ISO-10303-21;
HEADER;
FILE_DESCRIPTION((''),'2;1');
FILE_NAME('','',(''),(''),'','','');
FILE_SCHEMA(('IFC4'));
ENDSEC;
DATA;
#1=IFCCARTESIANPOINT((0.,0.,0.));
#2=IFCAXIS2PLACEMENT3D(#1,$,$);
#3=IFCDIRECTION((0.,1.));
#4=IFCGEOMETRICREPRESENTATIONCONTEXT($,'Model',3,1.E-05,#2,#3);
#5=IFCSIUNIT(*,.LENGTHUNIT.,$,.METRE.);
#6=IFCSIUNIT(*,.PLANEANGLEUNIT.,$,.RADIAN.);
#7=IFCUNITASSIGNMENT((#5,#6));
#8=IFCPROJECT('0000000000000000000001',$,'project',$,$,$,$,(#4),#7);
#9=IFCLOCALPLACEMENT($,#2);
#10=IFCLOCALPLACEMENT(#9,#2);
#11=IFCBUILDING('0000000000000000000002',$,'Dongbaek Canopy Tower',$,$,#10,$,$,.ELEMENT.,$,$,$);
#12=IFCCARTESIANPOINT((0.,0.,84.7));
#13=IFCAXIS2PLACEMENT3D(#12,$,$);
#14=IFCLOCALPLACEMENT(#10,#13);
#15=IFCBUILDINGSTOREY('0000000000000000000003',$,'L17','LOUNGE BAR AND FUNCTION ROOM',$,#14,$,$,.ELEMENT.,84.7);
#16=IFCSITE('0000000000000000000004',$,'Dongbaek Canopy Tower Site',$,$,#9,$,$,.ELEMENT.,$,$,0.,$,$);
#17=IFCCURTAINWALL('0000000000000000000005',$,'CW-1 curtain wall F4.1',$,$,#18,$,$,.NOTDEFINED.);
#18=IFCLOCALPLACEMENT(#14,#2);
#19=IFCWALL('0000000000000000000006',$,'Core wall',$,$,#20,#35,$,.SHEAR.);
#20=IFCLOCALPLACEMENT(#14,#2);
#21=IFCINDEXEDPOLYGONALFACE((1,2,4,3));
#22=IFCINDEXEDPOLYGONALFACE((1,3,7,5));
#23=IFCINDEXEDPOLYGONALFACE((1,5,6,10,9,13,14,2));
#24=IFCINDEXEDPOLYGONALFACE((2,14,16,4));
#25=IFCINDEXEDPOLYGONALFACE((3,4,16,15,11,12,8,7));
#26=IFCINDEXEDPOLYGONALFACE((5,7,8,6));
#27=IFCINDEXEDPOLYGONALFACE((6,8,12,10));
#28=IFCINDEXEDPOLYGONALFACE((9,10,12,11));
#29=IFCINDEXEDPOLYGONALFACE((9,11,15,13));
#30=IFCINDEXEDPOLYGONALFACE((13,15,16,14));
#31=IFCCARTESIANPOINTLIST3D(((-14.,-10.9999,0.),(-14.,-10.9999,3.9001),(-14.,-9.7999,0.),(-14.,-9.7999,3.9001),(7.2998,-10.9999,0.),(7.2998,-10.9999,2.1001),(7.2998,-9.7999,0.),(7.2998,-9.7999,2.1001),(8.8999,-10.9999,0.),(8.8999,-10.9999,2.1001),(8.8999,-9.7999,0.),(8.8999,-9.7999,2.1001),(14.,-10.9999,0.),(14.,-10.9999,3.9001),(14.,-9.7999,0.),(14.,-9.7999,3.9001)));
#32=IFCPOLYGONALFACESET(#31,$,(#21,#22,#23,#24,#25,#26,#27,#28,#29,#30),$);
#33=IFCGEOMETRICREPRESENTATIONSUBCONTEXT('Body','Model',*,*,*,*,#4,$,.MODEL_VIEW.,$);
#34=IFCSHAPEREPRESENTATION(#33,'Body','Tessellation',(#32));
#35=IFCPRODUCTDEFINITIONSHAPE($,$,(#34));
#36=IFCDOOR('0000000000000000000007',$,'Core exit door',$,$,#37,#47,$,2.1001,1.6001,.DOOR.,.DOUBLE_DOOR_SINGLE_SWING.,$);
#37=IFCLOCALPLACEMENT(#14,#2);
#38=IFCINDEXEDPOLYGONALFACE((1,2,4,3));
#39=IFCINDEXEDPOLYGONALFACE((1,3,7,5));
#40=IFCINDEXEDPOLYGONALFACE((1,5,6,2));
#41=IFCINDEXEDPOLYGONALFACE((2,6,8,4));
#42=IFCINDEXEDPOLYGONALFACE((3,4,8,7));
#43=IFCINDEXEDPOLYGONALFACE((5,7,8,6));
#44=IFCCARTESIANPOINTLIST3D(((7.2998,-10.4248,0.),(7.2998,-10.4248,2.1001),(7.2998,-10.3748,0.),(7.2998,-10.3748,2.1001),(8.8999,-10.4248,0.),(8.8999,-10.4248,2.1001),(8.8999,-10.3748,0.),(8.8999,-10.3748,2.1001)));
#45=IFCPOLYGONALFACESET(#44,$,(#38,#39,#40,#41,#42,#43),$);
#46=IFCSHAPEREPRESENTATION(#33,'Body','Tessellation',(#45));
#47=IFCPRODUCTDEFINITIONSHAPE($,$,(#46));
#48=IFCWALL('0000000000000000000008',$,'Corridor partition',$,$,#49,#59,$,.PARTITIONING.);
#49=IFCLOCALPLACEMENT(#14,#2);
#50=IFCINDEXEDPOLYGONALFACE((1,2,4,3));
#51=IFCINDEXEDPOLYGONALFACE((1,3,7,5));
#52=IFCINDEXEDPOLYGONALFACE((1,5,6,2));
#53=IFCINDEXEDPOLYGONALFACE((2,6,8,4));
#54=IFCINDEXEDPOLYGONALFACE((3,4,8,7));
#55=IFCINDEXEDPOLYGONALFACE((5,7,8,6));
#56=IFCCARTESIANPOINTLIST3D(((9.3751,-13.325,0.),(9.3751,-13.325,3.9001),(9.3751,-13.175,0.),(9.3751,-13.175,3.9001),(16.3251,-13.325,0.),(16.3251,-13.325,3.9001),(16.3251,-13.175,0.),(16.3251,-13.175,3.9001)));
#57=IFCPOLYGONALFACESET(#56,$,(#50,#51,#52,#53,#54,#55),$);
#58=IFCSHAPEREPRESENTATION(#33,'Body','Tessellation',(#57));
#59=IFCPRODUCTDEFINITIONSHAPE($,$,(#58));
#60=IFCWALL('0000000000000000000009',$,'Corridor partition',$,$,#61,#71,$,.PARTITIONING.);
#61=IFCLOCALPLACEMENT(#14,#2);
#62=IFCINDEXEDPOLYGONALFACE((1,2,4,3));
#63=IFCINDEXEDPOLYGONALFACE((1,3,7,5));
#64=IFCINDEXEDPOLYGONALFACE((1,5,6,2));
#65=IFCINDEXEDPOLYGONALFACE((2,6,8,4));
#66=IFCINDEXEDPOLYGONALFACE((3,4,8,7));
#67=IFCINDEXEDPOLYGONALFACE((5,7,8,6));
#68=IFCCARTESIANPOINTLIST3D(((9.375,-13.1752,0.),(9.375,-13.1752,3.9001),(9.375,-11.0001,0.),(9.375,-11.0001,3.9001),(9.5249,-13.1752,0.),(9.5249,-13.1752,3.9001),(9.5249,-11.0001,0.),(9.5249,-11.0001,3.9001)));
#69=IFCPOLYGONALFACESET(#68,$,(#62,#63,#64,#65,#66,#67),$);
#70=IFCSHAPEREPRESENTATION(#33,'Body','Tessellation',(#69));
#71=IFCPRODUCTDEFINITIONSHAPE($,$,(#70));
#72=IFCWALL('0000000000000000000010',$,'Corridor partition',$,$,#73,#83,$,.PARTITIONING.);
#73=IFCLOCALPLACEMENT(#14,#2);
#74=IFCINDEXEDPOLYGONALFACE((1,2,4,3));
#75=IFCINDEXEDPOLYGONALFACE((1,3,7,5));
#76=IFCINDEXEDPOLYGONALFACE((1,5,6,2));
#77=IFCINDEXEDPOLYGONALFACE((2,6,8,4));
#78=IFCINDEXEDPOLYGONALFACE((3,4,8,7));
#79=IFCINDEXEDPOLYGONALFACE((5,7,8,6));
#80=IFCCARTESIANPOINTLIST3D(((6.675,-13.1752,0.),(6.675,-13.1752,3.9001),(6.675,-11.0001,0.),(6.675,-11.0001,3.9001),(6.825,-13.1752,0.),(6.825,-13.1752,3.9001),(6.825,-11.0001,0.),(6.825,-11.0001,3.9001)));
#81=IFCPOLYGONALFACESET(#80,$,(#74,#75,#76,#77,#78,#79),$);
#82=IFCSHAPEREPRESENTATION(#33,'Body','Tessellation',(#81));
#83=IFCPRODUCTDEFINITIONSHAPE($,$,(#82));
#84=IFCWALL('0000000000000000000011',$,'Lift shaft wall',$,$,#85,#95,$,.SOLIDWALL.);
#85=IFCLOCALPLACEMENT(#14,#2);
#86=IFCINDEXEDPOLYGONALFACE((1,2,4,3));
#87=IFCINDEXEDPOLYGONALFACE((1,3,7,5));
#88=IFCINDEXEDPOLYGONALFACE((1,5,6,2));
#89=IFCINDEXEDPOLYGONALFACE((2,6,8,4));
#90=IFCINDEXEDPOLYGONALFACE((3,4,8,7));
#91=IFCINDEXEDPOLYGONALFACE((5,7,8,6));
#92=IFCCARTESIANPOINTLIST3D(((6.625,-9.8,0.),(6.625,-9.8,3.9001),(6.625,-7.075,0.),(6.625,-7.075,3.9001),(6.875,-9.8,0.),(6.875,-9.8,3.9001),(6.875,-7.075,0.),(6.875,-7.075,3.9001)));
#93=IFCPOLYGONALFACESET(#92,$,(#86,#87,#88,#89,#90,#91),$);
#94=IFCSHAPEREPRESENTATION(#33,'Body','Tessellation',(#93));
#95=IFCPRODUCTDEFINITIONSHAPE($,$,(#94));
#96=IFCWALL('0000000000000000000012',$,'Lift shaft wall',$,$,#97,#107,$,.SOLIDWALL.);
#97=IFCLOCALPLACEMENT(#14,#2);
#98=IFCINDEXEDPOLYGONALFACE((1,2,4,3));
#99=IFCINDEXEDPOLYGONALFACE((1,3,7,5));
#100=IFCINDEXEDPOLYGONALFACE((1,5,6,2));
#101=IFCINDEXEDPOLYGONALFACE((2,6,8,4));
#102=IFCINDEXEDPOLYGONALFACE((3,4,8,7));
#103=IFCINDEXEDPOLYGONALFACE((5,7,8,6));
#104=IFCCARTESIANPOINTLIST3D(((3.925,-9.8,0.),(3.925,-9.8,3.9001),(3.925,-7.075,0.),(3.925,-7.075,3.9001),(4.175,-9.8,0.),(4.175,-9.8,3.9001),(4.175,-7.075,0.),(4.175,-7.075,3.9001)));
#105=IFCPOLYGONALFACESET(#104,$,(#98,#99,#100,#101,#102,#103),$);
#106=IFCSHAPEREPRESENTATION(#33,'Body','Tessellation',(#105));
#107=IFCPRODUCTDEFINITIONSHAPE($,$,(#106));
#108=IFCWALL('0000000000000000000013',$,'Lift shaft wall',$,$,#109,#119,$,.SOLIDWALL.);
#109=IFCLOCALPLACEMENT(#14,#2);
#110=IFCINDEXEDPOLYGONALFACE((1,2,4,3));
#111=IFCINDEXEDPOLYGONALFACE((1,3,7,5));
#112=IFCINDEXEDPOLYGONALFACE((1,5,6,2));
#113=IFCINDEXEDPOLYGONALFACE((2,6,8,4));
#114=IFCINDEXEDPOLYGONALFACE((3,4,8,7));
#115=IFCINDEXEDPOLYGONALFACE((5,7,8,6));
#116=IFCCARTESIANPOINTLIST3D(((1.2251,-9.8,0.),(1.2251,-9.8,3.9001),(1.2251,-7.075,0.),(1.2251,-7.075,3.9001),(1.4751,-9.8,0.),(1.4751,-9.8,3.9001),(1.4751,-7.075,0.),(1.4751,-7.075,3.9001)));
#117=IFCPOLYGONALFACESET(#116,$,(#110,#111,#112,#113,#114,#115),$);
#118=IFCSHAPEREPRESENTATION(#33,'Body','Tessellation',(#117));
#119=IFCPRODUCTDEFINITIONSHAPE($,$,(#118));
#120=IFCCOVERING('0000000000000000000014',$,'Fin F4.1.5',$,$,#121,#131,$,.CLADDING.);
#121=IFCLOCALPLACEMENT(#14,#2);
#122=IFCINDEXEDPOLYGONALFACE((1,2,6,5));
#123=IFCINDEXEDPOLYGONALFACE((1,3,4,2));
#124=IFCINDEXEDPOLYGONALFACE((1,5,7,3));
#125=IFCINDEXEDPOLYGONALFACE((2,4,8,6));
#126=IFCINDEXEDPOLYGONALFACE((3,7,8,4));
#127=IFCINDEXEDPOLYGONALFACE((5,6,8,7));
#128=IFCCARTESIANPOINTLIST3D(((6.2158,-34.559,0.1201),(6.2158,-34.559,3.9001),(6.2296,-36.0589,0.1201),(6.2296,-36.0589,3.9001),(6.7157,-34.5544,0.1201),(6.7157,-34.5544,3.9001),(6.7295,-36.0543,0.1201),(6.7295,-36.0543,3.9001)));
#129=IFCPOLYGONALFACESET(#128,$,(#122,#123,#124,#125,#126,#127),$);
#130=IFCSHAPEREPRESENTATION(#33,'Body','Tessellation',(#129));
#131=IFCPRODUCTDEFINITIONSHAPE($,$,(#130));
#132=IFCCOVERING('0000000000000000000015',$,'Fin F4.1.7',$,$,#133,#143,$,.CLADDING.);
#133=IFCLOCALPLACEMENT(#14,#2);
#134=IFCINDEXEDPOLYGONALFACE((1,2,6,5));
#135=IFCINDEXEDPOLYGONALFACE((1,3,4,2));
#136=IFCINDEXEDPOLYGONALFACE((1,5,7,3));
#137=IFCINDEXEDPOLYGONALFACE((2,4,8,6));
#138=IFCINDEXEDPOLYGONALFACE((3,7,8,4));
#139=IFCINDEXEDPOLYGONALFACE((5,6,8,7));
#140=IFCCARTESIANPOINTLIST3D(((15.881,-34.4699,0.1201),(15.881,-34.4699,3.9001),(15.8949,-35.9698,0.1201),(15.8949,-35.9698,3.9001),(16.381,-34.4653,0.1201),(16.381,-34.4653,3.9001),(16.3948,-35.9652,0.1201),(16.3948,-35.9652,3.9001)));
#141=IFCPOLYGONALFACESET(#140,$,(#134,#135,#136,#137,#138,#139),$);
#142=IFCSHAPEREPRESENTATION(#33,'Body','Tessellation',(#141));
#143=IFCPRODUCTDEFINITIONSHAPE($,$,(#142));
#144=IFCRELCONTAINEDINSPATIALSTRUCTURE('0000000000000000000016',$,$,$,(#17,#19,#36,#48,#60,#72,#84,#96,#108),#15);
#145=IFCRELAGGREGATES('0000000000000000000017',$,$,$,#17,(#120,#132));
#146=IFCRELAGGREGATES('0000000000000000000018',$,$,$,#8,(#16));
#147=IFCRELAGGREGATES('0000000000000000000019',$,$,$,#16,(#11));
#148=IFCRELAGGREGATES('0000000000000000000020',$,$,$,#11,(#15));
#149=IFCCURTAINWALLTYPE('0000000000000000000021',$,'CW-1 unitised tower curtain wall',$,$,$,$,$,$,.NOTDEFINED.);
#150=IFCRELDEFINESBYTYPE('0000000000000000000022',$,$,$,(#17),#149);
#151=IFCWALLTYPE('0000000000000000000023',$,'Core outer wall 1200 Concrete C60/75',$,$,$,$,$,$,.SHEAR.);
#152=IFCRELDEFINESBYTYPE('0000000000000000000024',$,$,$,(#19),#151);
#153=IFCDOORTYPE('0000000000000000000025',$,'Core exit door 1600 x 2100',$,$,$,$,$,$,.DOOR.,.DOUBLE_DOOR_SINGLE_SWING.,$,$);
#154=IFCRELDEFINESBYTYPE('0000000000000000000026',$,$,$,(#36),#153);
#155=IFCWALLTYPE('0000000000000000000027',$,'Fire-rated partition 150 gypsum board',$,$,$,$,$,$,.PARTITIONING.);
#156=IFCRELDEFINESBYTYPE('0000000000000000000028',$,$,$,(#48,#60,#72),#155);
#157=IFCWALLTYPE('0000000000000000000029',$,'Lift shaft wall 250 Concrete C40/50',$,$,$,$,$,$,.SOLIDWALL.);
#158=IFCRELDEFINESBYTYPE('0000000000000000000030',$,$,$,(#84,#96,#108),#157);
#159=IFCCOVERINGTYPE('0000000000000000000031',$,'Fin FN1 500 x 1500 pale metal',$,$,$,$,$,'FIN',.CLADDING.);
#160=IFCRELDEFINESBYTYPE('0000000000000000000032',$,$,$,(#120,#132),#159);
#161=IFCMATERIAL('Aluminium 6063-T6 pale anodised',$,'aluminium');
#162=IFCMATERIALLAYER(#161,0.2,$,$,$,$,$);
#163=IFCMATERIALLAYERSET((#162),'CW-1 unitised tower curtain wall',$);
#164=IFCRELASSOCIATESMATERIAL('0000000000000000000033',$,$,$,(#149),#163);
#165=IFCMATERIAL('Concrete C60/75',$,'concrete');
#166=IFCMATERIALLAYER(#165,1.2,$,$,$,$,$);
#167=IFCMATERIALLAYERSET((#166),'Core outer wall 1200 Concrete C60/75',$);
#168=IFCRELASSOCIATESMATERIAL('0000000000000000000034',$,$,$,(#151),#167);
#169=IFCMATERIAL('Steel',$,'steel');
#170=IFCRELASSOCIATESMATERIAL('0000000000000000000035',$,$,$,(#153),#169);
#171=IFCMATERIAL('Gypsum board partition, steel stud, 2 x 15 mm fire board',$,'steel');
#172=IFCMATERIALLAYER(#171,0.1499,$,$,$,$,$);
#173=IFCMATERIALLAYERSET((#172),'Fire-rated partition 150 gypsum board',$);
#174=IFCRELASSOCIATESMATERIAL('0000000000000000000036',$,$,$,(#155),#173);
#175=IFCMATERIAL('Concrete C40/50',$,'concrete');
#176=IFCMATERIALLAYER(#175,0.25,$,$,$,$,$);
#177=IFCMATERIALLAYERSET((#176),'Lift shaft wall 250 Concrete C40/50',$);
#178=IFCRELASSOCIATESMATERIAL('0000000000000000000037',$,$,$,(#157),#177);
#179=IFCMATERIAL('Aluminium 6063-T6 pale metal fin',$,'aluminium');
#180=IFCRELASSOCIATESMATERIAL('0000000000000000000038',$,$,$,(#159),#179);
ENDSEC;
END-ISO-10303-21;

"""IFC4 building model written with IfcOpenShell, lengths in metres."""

from ifc_helpers import new_model, si_unit, direction, frame, frame_2d, origin, origin_2d, place, context, subcontext, project, spatial, rectangle, extrude, material, layer, layer_set, material_profile, profile_set, type_object, element, fill, aggregate, save


model = new_model("IFC4")

# Units and contexts
model_context = context("Model", 3, precision=1e-05, world=origin(), true_north=direction((0.0, 1.0)))
body_context = subcontext(model_context, "Body", "Model", "MODEL_VIEW")
ifc_project = project(units=[si_unit("LENGTHUNIT", "METRE"), si_unit("PLANEANGLEUNIT", "RADIAN")], contexts=[model_context])

# Site, building, storey
site_placement = place(None, origin())
site = spatial("IfcSite", under=ifc_project, at=site_placement, Name="Dongbaek Canopy Tower Site", CompositionType="ELEMENT", RefElevation=0.0)
building_placement = place(site_placement, origin())
building = spatial("IfcBuilding", under=site, at=building_placement, Name="Dongbaek Canopy Tower", CompositionType="ELEMENT")
storey_placement = place(building_placement, frame((0.0, 0.0, 84.7)))
storey = spatial("IfcBuildingStorey", under=building, at=storey_placement, Name="L17", Description="LOUNGE BAR AND FUNCTION ROOM", CompositionType="ELEMENT", Elevation=84.7)

# Curtain wall
ifc_material_1 = material(Name="Aluminium 6063-T6 pale anodised", Category="aluminium")
ifc_layer_1 = layer(ifc_material_1, 0.2)
ifc_layer_set_1 = layer_set([ifc_layer_1], Name="CW-1 unitised tower curtain wall")
curtain_wall_type = type_object("IfcCurtainWallType", Name="CW-1 unitised tower curtain wall", PredefinedType="NOTDEFINED", material=ifc_layer_set_1)
curtain_wall_placement = place(storey_placement, origin())
curtain_wall = element("IfcCurtainWall", 1, at=curtain_wall_placement, inside=storey, type_object=curtain_wall_type, Name="CW-1 curtain wall F4.1", PredefinedType="NOTDEFINED")

# Wall, opening, door
ifc_material_2 = material(Name="Concrete C60/75", Category="concrete")
ifc_layer_2 = layer(ifc_material_2, 1.2)
ifc_layer_set_2 = layer_set([ifc_layer_2], Name="Core outer wall 1200 Concrete C60/75")
wall_type_1 = type_object("IfcWallType", Name="Core outer wall 1200 Concrete C60/75", PredefinedType="SHEAR", material=ifc_layer_set_2)
wall_1_placement = place(storey_placement, frame((14.0, -10.3999, 0.0), z_axis=(0.0, 0.0, 1.0), x_axis=(-1.0, 0.0, 0.0)))
wall_1 = element("IfcWall", 2, at=wall_1_placement, inside=storey, type_object=wall_type_1, Name="Core wall", PredefinedType="SHEAR", context=body_context, shape_type="SweptSolid", body=[
    extrude(rectangle(XDim=28.0, YDim=1.2, at=frame_2d((14.0, 0.0))), origin(), (0.0, 0.0, 1.0), 3.9001),
])
opening_placement = place(wall_1_placement, frame((5.1001, 0.0, 0.0)))
opening = element("IfcOpeningElement", 3, at=opening_placement, cuts=wall_1, PredefinedType="OPENING", context=body_context, shape_type="SweptSolid", body=[
    extrude(rectangle(XDim=1.6001, YDim=2.1001, at=frame_2d((0.8, 1.05))), frame((0.0, 0.6099, 0.0), z_axis=(0.0, -1.0, 0.0), x_axis=(1.0, 0.0, 0.0)), (0.0, 0.0, 1.0), 1.22),
])
ifc_material_3 = material(Name="Steel", Category="steel")
door_type = type_object("IfcDoorType", Name="Core exit door 1600 x 2100", OperationType="DOUBLE_DOOR_SINGLE_SWING", PredefinedType="DOOR", material=ifc_material_3)
door_placement = place(opening_placement, origin())
door = element("IfcDoor", 4, at=door_placement, inside=storey, type_object=door_type, Name="Core exit door", OperationType="DOUBLE_DOOR_SINGLE_SWING", OverallHeight=2.1001, OverallWidth=1.6001, PredefinedType="DOOR", context=body_context, shape_type="SweptSolid", body=[
    extrude(rectangle(XDim=1.6001, YDim=2.1001, at=frame_2d((0.8, 1.05))), frame((0.0, 0.0249, 0.0), z_axis=(0.0, -1.0, 0.0), x_axis=(1.0, 0.0, 0.0)), (0.0, 0.0, 1.0), 0.05),
])
fill(opening, door)

# Walls
ifc_material_4 = material(Name="Gypsum board partition, steel stud, 2 x 15 mm fire board", Category="steel")
ifc_layer_3 = layer(ifc_material_4, 0.1499)
ifc_layer_set_3 = layer_set([ifc_layer_3], Name="Fire-rated partition 150 gypsum board")
wall_type_2 = type_object("IfcWallType", Name="Fire-rated partition 150 gypsum board", PredefinedType="PARTITIONING", material=ifc_layer_set_3)
wall_2_placement = place(storey_placement, frame((9.375, -13.25, 0.0), z_axis=(0.0, 0.0, 1.0), x_axis=(1.0, 0.0, 0.0)))
element("IfcWall", 5, at=wall_2_placement, inside=storey, type_object=wall_type_2, Name="Corridor partition", PredefinedType="PARTITIONING", context=body_context, shape_type="SweptSolid", body=[
    extrude(rectangle(XDim=6.95, YDim=0.1499, at=frame_2d((3.4751, 0.0))), origin(), (0.0, 0.0, 1.0), 3.9001),
])
for number, where, z_axis, x_axis, name in (
    (6, (9.45, -13.175, 0.0), (0.0, 0.0, 1.0), (0.0, 1.0, 0.0), "Corridor partition"),
    (7, (6.75, -13.175, 0.0), (0.0, 0.0, 1.0), (0.0, 1.0, 0.0), "Corridor partition"),
):
    element("IfcWall", number, at=place(storey_placement, frame(where, z_axis=z_axis, x_axis=x_axis)), inside=storey, type_object=wall_type_2, Name=name, PredefinedType="PARTITIONING", context=body_context, shape_type="SweptSolid", body=[
        extrude(rectangle(XDim=2.175, YDim=0.1499, at=frame_2d((1.0874, 0.0))), origin(), (0.0, 0.0, 1.0), 3.9001),
    ])
ifc_material_5 = material(Name="Concrete C40/50", Category="concrete")
ifc_layer_4 = layer(ifc_material_5, 0.25)
ifc_layer_set_4 = layer_set([ifc_layer_4], Name="Lift shaft wall 250 Concrete C40/50")
wall_type_3 = type_object("IfcWallType", Name="Lift shaft wall 250 Concrete C40/50", PredefinedType="SOLIDWALL", material=ifc_layer_set_4)
for number, where, z_axis, x_axis, name in (
    (8, (6.75, -9.8, 0.0), (0.0, 0.0, 1.0), (0.0, 1.0, 0.0), "Lift shaft wall"),
    (9, (4.05, -9.8, 0.0), (0.0, 0.0, 1.0), (0.0, 1.0, 0.0), "Lift shaft wall"),
    (10, (1.3501, -9.8, 0.0), (0.0, 0.0, 1.0), (0.0, 1.0, 0.0), "Lift shaft wall"),
):
    element("IfcWall", number, at=place(storey_placement, frame(where, z_axis=z_axis, x_axis=x_axis)), inside=storey, type_object=wall_type_3, Name=name, PredefinedType="SOLIDWALL", context=body_context, shape_type="SweptSolid", body=[
        extrude(rectangle(XDim=2.7251, YDim=0.25, at=frame_2d((1.3625, 0.0))), origin(), (0.0, 0.0, 1.0), 3.9001),
    ])

# Coverings
ifc_material_6 = material(Name="Aluminium 6063-T6 pale metal fin", Category="aluminium")
ifc_material_profile_1 = material_profile(ifc_material_6, rectangle(XDim=1.5, YDim=0.5, at=origin_2d()), Name="Fin FN1 500 x 1500 pale metal")
ifc_profile_set_1 = profile_set([ifc_material_profile_1], Name="Aluminium 6063-T6 pale metal fin")
covering_type = type_object("IfcCoveringType", Name="Fin FN1 500 x 1500 pale metal", ElementType="FIN", PredefinedType="CLADDING", material=ifc_profile_set_1)
covering_1_placement = place(storey_placement, frame((6.4727, -35.3066, 0.1201), z_axis=(0.0, 0.0, 1.0), x_axis=(0.009201, -0.999958, 0.0)))
covering_1 = element("IfcCovering", 11, at=covering_1_placement, type_object=covering_type, Name="Fin F4.1.5", PredefinedType="CLADDING", context=body_context, shape_type="SweptSolid", body=[
    extrude(rectangle(XDim=1.5, YDim=0.5, at=origin_2d()), origin(), (0.0, 0.0, 1.0), 3.78),
])
covering_2_placement = place(storey_placement, frame((16.1379, -35.2175, 0.1201), z_axis=(0.0, 0.0, 1.0), x_axis=(0.009201, -0.999958, 0.0)))
covering_2 = element("IfcCovering", 12, at=covering_2_placement, type_object=covering_type, Name="Fin F4.1.7", PredefinedType="CLADDING", context=body_context, shape_type="SweptSolid", body=[
    extrude(rectangle(XDim=1.5, YDim=0.5, at=origin_2d()), origin(), (0.0, 0.0, 1.0), 3.78),
])
aggregate(curtain_wall, [covering_1, covering_2])

save(model, "model.ifc")
